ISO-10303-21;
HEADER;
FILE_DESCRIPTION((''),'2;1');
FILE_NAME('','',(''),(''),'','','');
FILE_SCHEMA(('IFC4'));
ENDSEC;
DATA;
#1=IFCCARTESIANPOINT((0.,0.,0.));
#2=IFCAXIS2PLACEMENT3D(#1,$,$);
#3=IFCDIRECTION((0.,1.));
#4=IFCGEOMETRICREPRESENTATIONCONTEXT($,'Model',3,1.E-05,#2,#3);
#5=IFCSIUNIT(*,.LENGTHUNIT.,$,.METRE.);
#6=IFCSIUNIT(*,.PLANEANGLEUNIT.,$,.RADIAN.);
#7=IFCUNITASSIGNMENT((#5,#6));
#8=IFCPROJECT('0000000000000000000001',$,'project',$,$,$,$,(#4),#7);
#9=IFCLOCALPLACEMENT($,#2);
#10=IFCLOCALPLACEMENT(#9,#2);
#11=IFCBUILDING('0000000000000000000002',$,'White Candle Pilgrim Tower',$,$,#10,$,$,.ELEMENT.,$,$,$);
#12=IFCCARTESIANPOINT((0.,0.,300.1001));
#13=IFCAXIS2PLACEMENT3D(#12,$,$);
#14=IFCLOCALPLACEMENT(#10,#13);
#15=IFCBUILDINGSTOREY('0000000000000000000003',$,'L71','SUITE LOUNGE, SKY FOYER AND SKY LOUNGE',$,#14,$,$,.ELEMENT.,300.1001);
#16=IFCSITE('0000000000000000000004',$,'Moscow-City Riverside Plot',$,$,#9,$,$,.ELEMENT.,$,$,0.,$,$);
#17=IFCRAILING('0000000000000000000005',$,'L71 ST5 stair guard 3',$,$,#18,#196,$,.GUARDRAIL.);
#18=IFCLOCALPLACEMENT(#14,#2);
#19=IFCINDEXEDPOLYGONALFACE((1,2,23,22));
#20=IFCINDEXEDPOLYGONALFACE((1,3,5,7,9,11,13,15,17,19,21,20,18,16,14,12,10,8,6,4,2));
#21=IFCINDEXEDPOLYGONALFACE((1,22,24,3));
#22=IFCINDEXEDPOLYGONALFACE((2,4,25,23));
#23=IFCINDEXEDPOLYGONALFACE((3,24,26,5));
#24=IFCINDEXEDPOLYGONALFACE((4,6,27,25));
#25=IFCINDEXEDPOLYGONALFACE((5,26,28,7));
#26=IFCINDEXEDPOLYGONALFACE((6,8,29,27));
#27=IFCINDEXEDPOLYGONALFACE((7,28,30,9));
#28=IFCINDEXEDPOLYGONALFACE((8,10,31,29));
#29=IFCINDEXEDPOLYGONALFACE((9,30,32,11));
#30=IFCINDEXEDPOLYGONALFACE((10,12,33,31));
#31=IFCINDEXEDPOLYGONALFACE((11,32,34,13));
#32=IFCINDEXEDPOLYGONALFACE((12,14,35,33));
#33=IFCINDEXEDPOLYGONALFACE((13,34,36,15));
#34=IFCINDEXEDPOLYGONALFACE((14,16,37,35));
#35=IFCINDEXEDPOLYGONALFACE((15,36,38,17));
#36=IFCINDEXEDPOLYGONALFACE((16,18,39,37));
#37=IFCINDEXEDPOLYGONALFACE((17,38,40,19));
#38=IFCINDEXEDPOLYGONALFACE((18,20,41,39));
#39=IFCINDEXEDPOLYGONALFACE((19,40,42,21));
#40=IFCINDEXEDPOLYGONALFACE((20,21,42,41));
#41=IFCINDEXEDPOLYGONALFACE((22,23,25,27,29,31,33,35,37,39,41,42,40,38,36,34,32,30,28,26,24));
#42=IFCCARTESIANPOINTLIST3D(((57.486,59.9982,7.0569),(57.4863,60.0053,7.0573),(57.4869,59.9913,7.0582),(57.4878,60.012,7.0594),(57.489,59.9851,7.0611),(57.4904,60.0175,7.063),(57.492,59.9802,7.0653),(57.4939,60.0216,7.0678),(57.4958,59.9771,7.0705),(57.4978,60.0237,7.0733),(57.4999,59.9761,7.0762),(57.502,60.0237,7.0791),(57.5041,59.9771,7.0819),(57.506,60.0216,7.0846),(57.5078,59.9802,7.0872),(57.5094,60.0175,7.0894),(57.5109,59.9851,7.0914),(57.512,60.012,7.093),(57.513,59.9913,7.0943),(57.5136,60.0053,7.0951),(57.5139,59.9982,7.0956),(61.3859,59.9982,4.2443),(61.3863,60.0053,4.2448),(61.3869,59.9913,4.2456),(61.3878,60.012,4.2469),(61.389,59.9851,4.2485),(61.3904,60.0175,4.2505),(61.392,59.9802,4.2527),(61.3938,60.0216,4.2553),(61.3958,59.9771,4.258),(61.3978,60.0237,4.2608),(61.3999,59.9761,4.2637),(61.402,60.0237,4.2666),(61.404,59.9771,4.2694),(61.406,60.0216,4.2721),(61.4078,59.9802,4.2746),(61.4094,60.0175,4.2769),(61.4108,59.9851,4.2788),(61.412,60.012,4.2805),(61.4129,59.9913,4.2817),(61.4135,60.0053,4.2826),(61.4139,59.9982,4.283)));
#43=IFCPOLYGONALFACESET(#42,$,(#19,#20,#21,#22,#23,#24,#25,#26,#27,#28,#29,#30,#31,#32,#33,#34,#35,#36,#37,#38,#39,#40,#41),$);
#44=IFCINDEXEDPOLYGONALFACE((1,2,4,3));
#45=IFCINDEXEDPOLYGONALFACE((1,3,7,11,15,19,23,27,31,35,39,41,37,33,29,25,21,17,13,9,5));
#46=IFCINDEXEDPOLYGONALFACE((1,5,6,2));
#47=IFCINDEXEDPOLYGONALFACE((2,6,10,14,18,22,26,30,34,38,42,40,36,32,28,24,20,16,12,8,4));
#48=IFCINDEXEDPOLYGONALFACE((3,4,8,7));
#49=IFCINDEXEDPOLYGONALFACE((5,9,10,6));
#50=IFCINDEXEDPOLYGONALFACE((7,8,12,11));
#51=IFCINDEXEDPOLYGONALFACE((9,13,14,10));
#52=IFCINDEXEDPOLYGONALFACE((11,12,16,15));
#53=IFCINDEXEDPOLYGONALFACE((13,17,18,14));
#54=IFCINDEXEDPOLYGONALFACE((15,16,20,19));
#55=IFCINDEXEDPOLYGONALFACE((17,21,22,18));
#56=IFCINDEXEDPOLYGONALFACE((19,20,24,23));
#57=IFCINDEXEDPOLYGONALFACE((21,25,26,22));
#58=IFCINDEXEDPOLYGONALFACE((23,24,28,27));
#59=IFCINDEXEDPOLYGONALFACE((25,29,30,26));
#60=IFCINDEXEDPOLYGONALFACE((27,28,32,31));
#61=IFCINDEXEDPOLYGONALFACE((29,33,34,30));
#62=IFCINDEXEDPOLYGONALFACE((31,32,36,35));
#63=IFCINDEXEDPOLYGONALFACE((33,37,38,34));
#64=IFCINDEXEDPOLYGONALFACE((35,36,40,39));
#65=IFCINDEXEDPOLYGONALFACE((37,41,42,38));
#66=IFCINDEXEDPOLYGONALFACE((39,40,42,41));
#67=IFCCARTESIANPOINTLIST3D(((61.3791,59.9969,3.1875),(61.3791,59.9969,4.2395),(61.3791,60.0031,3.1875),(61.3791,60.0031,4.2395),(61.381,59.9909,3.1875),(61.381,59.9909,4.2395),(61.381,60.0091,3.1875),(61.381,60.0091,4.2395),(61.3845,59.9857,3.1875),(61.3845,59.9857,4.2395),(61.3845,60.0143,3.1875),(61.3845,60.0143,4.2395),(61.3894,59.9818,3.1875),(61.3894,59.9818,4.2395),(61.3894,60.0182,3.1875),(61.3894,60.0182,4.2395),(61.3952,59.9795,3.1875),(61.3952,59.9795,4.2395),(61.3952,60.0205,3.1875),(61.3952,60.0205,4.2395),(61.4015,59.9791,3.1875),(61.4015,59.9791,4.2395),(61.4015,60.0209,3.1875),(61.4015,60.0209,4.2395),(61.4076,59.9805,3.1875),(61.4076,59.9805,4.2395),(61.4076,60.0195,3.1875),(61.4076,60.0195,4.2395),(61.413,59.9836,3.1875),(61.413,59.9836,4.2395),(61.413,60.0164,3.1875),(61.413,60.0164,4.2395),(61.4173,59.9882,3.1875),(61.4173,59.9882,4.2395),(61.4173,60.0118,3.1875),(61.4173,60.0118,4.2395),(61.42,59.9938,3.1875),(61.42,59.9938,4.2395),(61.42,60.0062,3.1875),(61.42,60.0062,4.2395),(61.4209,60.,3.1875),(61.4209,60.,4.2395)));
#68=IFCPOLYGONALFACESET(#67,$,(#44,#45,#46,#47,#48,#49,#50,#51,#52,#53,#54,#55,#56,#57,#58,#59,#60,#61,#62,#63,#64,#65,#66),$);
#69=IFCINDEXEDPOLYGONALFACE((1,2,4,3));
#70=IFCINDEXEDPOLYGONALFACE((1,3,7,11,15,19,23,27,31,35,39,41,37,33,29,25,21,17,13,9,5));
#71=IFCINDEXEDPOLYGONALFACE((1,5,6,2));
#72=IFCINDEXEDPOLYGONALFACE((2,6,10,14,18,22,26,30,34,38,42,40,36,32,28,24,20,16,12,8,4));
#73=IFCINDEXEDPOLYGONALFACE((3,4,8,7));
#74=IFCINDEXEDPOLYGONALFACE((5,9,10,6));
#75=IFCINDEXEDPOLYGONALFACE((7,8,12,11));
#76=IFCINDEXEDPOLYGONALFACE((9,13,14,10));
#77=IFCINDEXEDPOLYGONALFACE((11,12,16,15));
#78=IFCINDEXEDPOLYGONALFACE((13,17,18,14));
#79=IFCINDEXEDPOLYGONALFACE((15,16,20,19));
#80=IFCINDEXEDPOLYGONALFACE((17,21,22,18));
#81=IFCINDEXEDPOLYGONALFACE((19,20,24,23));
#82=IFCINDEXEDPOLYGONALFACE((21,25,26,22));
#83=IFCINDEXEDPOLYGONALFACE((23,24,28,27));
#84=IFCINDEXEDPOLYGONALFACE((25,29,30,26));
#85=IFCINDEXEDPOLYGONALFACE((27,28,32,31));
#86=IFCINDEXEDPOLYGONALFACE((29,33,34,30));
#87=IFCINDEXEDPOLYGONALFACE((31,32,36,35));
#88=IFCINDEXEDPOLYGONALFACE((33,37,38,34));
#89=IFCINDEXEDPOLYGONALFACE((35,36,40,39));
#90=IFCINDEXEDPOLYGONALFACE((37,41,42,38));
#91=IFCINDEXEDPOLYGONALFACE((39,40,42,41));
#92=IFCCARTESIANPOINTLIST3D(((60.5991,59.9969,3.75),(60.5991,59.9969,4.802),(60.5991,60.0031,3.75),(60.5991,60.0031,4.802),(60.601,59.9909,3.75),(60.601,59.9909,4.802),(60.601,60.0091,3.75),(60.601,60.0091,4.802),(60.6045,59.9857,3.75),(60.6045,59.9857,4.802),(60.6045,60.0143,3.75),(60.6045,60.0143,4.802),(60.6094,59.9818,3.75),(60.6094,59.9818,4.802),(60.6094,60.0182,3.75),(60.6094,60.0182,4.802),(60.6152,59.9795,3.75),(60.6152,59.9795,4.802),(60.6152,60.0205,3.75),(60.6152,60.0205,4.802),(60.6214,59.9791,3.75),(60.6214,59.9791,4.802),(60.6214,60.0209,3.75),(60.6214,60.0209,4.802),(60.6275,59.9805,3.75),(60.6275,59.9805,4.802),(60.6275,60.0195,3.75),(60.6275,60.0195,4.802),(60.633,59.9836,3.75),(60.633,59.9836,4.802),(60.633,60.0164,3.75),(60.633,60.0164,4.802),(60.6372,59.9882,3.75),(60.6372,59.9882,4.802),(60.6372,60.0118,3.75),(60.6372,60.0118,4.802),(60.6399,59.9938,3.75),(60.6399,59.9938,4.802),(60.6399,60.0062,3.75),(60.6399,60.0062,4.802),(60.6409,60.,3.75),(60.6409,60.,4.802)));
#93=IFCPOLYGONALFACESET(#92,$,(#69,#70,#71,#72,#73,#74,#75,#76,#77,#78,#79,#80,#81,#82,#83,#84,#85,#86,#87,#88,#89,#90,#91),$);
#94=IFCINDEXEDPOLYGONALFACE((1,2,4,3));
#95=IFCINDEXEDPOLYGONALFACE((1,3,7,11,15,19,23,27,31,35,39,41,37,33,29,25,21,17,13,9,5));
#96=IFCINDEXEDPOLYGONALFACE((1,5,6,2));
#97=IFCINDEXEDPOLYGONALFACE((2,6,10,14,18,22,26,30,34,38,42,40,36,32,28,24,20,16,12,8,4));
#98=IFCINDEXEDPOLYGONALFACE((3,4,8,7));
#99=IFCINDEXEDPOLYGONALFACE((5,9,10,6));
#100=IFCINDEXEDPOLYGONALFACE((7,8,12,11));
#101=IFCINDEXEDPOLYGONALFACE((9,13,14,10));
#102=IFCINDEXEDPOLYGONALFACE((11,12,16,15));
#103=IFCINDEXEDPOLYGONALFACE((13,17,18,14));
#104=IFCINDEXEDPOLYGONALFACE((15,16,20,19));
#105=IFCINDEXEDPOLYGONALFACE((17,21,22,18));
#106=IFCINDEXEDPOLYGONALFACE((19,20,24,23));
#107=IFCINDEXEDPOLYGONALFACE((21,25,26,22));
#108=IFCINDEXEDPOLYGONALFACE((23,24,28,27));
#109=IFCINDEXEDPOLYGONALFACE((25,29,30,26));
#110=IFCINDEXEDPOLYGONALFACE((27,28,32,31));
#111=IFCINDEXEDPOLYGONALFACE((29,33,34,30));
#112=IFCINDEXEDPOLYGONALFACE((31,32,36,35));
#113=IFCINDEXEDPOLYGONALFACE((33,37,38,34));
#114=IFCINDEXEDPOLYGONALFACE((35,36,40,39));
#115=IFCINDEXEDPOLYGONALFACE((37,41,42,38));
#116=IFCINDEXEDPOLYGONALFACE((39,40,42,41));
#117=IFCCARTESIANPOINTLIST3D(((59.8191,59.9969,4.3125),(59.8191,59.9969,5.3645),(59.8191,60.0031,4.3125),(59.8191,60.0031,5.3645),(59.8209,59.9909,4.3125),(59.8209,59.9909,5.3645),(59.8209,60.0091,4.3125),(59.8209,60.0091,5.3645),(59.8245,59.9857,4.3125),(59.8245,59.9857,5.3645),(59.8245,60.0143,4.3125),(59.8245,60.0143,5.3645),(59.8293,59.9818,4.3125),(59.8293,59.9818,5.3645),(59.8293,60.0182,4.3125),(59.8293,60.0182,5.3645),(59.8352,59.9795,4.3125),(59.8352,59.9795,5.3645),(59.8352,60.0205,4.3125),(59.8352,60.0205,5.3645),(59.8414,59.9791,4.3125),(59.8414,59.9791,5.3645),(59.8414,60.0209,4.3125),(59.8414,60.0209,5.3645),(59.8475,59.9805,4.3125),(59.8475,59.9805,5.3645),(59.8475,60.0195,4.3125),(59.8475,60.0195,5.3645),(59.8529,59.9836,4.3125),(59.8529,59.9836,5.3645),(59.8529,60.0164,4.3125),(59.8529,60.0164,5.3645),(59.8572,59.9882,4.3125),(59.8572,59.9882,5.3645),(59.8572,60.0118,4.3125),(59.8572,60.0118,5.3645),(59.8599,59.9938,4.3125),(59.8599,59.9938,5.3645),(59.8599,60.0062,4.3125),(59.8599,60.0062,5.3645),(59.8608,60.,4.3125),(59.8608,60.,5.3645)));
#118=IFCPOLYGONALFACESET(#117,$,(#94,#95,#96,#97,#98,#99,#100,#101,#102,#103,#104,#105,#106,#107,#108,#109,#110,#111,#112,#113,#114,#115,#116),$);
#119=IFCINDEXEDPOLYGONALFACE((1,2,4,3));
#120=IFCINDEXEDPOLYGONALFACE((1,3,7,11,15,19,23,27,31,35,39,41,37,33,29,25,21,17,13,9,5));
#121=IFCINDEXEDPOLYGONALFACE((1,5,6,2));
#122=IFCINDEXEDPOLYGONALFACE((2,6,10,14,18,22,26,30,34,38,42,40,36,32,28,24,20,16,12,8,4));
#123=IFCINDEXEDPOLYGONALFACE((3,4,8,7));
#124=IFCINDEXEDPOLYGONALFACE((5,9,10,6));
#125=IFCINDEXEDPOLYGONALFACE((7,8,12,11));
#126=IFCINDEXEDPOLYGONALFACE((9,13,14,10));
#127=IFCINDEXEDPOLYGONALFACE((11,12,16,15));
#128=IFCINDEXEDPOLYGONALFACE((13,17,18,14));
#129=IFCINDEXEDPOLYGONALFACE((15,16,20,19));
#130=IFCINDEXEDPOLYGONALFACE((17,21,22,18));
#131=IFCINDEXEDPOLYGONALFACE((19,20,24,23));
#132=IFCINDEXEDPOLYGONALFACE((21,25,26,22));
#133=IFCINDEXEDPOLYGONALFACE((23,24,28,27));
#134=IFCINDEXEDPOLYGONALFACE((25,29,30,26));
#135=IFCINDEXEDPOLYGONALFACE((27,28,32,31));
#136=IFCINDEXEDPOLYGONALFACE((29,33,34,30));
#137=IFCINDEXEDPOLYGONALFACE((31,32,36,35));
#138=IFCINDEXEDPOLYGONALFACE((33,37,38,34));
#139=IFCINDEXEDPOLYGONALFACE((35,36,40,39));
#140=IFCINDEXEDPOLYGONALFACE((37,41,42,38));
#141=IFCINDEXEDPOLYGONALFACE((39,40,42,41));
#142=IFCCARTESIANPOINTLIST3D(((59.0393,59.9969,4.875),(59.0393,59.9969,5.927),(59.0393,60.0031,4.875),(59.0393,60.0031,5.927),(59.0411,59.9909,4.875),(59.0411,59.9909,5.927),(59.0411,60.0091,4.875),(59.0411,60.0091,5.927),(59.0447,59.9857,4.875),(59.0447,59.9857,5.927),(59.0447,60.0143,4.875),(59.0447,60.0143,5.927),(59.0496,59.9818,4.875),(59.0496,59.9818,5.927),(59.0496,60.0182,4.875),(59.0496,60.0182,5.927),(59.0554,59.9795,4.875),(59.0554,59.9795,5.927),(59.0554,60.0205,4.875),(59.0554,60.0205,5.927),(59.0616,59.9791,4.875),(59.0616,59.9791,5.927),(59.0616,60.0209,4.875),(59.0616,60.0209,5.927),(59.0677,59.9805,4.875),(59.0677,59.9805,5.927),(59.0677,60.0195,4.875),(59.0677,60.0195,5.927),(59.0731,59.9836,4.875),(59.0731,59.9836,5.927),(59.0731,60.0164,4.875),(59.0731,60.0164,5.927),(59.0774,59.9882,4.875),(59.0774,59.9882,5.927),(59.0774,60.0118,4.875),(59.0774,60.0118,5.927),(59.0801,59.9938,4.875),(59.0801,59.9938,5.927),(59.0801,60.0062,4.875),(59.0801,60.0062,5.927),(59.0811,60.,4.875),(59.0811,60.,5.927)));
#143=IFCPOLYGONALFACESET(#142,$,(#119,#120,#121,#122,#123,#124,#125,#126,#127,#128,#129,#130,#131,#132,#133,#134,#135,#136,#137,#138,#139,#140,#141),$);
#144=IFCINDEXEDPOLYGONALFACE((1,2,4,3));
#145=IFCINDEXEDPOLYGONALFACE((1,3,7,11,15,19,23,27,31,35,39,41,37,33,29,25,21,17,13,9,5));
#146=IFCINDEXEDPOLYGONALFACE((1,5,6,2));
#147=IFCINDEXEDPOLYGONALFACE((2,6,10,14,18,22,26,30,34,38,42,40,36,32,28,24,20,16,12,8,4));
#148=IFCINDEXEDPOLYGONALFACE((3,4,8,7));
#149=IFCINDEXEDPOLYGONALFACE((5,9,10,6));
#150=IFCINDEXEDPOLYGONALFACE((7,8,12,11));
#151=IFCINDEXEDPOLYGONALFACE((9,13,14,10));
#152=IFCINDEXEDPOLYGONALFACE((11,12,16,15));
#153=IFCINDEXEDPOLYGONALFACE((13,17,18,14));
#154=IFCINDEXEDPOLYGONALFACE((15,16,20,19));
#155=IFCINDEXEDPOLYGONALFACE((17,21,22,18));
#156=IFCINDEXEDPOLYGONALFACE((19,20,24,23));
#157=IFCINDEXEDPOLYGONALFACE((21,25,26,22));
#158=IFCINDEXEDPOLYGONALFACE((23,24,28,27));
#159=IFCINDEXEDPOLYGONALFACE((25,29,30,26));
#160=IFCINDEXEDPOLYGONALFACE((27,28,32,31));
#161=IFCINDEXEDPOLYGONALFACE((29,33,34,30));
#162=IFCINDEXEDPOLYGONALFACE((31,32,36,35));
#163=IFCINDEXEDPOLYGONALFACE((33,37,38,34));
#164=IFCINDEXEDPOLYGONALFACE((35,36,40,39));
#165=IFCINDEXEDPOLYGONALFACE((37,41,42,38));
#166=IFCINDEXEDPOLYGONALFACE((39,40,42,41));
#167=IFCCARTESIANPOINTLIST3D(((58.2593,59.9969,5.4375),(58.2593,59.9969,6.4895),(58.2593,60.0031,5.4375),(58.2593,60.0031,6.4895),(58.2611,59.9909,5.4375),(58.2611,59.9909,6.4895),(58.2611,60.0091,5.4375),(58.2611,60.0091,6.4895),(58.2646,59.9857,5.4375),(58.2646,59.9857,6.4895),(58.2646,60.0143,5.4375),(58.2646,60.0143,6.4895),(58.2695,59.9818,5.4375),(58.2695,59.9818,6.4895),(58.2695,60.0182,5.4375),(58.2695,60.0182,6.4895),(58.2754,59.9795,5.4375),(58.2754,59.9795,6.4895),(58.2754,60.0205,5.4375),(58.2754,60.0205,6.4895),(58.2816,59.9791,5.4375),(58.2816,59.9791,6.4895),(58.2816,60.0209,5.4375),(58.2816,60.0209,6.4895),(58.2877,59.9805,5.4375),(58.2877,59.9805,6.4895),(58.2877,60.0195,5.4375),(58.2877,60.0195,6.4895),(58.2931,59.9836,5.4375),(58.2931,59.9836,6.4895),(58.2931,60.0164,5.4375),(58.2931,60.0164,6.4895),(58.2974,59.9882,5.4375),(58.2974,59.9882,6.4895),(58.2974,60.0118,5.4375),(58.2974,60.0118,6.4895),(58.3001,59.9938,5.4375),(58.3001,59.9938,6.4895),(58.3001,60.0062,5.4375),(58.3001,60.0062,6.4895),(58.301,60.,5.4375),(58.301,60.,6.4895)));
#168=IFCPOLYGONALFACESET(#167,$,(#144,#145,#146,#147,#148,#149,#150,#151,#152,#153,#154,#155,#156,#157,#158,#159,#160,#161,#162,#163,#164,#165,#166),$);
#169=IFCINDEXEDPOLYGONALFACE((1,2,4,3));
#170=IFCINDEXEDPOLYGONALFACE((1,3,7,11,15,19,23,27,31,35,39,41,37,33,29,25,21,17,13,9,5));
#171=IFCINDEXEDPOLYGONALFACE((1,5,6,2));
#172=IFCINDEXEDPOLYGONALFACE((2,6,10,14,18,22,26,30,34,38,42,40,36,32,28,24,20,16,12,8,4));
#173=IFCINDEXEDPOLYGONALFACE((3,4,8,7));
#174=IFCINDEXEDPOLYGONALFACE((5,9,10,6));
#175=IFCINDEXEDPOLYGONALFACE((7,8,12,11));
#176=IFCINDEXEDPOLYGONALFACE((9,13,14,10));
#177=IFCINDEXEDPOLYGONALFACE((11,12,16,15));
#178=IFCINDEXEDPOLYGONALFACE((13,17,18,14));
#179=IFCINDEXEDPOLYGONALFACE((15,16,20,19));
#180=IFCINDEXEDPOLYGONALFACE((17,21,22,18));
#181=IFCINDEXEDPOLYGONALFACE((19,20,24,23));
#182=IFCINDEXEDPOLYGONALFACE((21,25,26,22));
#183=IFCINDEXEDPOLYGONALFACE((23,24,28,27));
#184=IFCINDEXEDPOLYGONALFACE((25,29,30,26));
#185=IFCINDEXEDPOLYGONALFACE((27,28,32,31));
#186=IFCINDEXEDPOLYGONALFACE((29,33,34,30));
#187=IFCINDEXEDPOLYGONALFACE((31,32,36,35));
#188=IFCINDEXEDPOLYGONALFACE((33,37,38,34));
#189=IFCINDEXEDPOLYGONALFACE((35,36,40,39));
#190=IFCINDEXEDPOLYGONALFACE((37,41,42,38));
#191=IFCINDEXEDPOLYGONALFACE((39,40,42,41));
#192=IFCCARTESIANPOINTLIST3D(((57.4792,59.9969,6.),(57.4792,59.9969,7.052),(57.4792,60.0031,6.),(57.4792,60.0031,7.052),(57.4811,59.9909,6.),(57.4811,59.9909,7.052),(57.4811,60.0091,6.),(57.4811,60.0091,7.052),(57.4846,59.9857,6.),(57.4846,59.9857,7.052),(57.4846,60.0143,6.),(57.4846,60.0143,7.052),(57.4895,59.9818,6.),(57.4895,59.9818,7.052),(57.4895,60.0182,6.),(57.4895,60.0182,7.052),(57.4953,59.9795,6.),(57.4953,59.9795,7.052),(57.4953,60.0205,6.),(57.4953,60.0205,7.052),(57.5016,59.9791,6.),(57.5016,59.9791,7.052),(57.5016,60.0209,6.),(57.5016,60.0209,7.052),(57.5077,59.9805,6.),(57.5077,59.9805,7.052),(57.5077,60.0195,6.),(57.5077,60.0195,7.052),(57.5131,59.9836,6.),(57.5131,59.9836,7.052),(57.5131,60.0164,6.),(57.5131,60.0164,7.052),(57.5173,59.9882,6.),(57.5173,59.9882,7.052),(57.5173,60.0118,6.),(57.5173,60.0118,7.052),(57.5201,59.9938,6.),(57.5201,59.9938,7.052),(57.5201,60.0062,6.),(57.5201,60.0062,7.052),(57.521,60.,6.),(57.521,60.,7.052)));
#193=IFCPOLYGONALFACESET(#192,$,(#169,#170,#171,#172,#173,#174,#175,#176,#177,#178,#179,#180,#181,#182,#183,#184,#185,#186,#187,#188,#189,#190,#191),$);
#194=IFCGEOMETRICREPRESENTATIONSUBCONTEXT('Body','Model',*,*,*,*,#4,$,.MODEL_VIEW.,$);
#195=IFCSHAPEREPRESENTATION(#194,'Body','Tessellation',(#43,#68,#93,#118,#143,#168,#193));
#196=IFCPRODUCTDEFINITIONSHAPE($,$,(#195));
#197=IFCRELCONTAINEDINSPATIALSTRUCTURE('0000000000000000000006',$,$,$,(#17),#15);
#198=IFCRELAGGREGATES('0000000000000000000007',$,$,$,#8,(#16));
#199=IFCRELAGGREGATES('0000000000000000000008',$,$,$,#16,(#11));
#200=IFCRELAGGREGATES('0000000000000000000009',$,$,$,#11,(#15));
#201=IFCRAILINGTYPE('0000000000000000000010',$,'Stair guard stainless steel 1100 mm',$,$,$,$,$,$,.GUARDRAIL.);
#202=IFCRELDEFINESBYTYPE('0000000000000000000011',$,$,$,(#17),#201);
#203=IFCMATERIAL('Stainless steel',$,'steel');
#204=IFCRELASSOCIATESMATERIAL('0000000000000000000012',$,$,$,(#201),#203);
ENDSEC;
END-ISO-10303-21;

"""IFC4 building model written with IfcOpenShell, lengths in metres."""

from ifc_helpers import new_model, si_unit, direction, frame, origin, origin_2d, place, context, subcontext, project, spatial, circle, extrude, material, type_object, element, save


model = new_model("IFC4")

# Units and contexts
model_context = context("Model", 3, precision=1e-05, world=origin(), true_north=direction((0.0, 1.0)))
body_context = subcontext(model_context, "Body", "Model", "MODEL_VIEW")
ifc_project = project(units=[si_unit("LENGTHUNIT", "METRE"), si_unit("PLANEANGLEUNIT", "RADIAN")], contexts=[model_context])

# Site, building, storey
site_placement = place(None, origin())
site = spatial("IfcSite", under=ifc_project, at=site_placement, Name="Moscow-City Riverside Plot", CompositionType="ELEMENT", RefElevation=0.0)
building_placement = place(site_placement, origin())
building = spatial("IfcBuilding", under=site, at=building_placement, Name="White Candle Pilgrim Tower", CompositionType="ELEMENT")
storey_placement = place(building_placement, frame((0.0, 0.0, 300.1001)))
storey = spatial("IfcBuildingStorey", under=building, at=storey_placement, Name="L71", Description="SUITE LOUNGE, SKY FOYER AND SKY LOUNGE", CompositionType="ELEMENT", Elevation=300.1001)

# Railing
ifc_material_1 = material(Name="Stainless steel", Category="steel")
railing_type_1 = type_object("IfcRailingType", Name="Stair guard stainless steel 1100 mm", PredefinedType="GUARDRAIL", material=ifc_material_1)
railing_1_placement = place(storey_placement, frame((61.3999, 60.0, 3.1875)))
element("IfcRailing", 1, at=railing_1_placement, inside=storey, type_object=railing_type_1, Name="L71 ST5 stair guard 3", PredefinedType="GUARDRAIL", context=body_context, shape_type="SweptSolid", body=[
    extrude(circle(Radius=0.0239, at=origin_2d()), frame((0.0, 0.0, 1.0762), z_axis=(-0.811083, 0.0, 0.584931), x_axis=(0.0, -1.0, 0.0)), (0.0, 0.0, 1.0), 4.8083),
    extrude(circle(Radius=0.021, at=origin_2d()), origin(), (0.0, 0.0, 1.0), 1.052),
    extrude(circle(Radius=0.021, at=origin_2d()), frame((-0.78, 0.0, 0.5625)), (0.0, 0.0, 1.0), 1.052),
    extrude(circle(Radius=0.021, at=origin_2d()), frame((-1.5601, 0.0, 1.125)), (0.0, 0.0, 1.0), 1.052),
    extrude(circle(Radius=0.021, at=origin_2d()), frame((-2.3398, 0.0, 1.6875)), (0.0, 0.0, 1.0), 1.052),
    extrude(circle(Radius=0.021, at=origin_2d()), frame((-3.1199, 0.0, 2.25)), (0.0, 0.0, 1.0), 1.052),
    extrude(circle(Radius=0.021, at=origin_2d()), frame((-3.8999, 0.0, 2.8125)), (0.0, 0.0, 1.0), 1.052),
])

save(model, "model.ifc")
